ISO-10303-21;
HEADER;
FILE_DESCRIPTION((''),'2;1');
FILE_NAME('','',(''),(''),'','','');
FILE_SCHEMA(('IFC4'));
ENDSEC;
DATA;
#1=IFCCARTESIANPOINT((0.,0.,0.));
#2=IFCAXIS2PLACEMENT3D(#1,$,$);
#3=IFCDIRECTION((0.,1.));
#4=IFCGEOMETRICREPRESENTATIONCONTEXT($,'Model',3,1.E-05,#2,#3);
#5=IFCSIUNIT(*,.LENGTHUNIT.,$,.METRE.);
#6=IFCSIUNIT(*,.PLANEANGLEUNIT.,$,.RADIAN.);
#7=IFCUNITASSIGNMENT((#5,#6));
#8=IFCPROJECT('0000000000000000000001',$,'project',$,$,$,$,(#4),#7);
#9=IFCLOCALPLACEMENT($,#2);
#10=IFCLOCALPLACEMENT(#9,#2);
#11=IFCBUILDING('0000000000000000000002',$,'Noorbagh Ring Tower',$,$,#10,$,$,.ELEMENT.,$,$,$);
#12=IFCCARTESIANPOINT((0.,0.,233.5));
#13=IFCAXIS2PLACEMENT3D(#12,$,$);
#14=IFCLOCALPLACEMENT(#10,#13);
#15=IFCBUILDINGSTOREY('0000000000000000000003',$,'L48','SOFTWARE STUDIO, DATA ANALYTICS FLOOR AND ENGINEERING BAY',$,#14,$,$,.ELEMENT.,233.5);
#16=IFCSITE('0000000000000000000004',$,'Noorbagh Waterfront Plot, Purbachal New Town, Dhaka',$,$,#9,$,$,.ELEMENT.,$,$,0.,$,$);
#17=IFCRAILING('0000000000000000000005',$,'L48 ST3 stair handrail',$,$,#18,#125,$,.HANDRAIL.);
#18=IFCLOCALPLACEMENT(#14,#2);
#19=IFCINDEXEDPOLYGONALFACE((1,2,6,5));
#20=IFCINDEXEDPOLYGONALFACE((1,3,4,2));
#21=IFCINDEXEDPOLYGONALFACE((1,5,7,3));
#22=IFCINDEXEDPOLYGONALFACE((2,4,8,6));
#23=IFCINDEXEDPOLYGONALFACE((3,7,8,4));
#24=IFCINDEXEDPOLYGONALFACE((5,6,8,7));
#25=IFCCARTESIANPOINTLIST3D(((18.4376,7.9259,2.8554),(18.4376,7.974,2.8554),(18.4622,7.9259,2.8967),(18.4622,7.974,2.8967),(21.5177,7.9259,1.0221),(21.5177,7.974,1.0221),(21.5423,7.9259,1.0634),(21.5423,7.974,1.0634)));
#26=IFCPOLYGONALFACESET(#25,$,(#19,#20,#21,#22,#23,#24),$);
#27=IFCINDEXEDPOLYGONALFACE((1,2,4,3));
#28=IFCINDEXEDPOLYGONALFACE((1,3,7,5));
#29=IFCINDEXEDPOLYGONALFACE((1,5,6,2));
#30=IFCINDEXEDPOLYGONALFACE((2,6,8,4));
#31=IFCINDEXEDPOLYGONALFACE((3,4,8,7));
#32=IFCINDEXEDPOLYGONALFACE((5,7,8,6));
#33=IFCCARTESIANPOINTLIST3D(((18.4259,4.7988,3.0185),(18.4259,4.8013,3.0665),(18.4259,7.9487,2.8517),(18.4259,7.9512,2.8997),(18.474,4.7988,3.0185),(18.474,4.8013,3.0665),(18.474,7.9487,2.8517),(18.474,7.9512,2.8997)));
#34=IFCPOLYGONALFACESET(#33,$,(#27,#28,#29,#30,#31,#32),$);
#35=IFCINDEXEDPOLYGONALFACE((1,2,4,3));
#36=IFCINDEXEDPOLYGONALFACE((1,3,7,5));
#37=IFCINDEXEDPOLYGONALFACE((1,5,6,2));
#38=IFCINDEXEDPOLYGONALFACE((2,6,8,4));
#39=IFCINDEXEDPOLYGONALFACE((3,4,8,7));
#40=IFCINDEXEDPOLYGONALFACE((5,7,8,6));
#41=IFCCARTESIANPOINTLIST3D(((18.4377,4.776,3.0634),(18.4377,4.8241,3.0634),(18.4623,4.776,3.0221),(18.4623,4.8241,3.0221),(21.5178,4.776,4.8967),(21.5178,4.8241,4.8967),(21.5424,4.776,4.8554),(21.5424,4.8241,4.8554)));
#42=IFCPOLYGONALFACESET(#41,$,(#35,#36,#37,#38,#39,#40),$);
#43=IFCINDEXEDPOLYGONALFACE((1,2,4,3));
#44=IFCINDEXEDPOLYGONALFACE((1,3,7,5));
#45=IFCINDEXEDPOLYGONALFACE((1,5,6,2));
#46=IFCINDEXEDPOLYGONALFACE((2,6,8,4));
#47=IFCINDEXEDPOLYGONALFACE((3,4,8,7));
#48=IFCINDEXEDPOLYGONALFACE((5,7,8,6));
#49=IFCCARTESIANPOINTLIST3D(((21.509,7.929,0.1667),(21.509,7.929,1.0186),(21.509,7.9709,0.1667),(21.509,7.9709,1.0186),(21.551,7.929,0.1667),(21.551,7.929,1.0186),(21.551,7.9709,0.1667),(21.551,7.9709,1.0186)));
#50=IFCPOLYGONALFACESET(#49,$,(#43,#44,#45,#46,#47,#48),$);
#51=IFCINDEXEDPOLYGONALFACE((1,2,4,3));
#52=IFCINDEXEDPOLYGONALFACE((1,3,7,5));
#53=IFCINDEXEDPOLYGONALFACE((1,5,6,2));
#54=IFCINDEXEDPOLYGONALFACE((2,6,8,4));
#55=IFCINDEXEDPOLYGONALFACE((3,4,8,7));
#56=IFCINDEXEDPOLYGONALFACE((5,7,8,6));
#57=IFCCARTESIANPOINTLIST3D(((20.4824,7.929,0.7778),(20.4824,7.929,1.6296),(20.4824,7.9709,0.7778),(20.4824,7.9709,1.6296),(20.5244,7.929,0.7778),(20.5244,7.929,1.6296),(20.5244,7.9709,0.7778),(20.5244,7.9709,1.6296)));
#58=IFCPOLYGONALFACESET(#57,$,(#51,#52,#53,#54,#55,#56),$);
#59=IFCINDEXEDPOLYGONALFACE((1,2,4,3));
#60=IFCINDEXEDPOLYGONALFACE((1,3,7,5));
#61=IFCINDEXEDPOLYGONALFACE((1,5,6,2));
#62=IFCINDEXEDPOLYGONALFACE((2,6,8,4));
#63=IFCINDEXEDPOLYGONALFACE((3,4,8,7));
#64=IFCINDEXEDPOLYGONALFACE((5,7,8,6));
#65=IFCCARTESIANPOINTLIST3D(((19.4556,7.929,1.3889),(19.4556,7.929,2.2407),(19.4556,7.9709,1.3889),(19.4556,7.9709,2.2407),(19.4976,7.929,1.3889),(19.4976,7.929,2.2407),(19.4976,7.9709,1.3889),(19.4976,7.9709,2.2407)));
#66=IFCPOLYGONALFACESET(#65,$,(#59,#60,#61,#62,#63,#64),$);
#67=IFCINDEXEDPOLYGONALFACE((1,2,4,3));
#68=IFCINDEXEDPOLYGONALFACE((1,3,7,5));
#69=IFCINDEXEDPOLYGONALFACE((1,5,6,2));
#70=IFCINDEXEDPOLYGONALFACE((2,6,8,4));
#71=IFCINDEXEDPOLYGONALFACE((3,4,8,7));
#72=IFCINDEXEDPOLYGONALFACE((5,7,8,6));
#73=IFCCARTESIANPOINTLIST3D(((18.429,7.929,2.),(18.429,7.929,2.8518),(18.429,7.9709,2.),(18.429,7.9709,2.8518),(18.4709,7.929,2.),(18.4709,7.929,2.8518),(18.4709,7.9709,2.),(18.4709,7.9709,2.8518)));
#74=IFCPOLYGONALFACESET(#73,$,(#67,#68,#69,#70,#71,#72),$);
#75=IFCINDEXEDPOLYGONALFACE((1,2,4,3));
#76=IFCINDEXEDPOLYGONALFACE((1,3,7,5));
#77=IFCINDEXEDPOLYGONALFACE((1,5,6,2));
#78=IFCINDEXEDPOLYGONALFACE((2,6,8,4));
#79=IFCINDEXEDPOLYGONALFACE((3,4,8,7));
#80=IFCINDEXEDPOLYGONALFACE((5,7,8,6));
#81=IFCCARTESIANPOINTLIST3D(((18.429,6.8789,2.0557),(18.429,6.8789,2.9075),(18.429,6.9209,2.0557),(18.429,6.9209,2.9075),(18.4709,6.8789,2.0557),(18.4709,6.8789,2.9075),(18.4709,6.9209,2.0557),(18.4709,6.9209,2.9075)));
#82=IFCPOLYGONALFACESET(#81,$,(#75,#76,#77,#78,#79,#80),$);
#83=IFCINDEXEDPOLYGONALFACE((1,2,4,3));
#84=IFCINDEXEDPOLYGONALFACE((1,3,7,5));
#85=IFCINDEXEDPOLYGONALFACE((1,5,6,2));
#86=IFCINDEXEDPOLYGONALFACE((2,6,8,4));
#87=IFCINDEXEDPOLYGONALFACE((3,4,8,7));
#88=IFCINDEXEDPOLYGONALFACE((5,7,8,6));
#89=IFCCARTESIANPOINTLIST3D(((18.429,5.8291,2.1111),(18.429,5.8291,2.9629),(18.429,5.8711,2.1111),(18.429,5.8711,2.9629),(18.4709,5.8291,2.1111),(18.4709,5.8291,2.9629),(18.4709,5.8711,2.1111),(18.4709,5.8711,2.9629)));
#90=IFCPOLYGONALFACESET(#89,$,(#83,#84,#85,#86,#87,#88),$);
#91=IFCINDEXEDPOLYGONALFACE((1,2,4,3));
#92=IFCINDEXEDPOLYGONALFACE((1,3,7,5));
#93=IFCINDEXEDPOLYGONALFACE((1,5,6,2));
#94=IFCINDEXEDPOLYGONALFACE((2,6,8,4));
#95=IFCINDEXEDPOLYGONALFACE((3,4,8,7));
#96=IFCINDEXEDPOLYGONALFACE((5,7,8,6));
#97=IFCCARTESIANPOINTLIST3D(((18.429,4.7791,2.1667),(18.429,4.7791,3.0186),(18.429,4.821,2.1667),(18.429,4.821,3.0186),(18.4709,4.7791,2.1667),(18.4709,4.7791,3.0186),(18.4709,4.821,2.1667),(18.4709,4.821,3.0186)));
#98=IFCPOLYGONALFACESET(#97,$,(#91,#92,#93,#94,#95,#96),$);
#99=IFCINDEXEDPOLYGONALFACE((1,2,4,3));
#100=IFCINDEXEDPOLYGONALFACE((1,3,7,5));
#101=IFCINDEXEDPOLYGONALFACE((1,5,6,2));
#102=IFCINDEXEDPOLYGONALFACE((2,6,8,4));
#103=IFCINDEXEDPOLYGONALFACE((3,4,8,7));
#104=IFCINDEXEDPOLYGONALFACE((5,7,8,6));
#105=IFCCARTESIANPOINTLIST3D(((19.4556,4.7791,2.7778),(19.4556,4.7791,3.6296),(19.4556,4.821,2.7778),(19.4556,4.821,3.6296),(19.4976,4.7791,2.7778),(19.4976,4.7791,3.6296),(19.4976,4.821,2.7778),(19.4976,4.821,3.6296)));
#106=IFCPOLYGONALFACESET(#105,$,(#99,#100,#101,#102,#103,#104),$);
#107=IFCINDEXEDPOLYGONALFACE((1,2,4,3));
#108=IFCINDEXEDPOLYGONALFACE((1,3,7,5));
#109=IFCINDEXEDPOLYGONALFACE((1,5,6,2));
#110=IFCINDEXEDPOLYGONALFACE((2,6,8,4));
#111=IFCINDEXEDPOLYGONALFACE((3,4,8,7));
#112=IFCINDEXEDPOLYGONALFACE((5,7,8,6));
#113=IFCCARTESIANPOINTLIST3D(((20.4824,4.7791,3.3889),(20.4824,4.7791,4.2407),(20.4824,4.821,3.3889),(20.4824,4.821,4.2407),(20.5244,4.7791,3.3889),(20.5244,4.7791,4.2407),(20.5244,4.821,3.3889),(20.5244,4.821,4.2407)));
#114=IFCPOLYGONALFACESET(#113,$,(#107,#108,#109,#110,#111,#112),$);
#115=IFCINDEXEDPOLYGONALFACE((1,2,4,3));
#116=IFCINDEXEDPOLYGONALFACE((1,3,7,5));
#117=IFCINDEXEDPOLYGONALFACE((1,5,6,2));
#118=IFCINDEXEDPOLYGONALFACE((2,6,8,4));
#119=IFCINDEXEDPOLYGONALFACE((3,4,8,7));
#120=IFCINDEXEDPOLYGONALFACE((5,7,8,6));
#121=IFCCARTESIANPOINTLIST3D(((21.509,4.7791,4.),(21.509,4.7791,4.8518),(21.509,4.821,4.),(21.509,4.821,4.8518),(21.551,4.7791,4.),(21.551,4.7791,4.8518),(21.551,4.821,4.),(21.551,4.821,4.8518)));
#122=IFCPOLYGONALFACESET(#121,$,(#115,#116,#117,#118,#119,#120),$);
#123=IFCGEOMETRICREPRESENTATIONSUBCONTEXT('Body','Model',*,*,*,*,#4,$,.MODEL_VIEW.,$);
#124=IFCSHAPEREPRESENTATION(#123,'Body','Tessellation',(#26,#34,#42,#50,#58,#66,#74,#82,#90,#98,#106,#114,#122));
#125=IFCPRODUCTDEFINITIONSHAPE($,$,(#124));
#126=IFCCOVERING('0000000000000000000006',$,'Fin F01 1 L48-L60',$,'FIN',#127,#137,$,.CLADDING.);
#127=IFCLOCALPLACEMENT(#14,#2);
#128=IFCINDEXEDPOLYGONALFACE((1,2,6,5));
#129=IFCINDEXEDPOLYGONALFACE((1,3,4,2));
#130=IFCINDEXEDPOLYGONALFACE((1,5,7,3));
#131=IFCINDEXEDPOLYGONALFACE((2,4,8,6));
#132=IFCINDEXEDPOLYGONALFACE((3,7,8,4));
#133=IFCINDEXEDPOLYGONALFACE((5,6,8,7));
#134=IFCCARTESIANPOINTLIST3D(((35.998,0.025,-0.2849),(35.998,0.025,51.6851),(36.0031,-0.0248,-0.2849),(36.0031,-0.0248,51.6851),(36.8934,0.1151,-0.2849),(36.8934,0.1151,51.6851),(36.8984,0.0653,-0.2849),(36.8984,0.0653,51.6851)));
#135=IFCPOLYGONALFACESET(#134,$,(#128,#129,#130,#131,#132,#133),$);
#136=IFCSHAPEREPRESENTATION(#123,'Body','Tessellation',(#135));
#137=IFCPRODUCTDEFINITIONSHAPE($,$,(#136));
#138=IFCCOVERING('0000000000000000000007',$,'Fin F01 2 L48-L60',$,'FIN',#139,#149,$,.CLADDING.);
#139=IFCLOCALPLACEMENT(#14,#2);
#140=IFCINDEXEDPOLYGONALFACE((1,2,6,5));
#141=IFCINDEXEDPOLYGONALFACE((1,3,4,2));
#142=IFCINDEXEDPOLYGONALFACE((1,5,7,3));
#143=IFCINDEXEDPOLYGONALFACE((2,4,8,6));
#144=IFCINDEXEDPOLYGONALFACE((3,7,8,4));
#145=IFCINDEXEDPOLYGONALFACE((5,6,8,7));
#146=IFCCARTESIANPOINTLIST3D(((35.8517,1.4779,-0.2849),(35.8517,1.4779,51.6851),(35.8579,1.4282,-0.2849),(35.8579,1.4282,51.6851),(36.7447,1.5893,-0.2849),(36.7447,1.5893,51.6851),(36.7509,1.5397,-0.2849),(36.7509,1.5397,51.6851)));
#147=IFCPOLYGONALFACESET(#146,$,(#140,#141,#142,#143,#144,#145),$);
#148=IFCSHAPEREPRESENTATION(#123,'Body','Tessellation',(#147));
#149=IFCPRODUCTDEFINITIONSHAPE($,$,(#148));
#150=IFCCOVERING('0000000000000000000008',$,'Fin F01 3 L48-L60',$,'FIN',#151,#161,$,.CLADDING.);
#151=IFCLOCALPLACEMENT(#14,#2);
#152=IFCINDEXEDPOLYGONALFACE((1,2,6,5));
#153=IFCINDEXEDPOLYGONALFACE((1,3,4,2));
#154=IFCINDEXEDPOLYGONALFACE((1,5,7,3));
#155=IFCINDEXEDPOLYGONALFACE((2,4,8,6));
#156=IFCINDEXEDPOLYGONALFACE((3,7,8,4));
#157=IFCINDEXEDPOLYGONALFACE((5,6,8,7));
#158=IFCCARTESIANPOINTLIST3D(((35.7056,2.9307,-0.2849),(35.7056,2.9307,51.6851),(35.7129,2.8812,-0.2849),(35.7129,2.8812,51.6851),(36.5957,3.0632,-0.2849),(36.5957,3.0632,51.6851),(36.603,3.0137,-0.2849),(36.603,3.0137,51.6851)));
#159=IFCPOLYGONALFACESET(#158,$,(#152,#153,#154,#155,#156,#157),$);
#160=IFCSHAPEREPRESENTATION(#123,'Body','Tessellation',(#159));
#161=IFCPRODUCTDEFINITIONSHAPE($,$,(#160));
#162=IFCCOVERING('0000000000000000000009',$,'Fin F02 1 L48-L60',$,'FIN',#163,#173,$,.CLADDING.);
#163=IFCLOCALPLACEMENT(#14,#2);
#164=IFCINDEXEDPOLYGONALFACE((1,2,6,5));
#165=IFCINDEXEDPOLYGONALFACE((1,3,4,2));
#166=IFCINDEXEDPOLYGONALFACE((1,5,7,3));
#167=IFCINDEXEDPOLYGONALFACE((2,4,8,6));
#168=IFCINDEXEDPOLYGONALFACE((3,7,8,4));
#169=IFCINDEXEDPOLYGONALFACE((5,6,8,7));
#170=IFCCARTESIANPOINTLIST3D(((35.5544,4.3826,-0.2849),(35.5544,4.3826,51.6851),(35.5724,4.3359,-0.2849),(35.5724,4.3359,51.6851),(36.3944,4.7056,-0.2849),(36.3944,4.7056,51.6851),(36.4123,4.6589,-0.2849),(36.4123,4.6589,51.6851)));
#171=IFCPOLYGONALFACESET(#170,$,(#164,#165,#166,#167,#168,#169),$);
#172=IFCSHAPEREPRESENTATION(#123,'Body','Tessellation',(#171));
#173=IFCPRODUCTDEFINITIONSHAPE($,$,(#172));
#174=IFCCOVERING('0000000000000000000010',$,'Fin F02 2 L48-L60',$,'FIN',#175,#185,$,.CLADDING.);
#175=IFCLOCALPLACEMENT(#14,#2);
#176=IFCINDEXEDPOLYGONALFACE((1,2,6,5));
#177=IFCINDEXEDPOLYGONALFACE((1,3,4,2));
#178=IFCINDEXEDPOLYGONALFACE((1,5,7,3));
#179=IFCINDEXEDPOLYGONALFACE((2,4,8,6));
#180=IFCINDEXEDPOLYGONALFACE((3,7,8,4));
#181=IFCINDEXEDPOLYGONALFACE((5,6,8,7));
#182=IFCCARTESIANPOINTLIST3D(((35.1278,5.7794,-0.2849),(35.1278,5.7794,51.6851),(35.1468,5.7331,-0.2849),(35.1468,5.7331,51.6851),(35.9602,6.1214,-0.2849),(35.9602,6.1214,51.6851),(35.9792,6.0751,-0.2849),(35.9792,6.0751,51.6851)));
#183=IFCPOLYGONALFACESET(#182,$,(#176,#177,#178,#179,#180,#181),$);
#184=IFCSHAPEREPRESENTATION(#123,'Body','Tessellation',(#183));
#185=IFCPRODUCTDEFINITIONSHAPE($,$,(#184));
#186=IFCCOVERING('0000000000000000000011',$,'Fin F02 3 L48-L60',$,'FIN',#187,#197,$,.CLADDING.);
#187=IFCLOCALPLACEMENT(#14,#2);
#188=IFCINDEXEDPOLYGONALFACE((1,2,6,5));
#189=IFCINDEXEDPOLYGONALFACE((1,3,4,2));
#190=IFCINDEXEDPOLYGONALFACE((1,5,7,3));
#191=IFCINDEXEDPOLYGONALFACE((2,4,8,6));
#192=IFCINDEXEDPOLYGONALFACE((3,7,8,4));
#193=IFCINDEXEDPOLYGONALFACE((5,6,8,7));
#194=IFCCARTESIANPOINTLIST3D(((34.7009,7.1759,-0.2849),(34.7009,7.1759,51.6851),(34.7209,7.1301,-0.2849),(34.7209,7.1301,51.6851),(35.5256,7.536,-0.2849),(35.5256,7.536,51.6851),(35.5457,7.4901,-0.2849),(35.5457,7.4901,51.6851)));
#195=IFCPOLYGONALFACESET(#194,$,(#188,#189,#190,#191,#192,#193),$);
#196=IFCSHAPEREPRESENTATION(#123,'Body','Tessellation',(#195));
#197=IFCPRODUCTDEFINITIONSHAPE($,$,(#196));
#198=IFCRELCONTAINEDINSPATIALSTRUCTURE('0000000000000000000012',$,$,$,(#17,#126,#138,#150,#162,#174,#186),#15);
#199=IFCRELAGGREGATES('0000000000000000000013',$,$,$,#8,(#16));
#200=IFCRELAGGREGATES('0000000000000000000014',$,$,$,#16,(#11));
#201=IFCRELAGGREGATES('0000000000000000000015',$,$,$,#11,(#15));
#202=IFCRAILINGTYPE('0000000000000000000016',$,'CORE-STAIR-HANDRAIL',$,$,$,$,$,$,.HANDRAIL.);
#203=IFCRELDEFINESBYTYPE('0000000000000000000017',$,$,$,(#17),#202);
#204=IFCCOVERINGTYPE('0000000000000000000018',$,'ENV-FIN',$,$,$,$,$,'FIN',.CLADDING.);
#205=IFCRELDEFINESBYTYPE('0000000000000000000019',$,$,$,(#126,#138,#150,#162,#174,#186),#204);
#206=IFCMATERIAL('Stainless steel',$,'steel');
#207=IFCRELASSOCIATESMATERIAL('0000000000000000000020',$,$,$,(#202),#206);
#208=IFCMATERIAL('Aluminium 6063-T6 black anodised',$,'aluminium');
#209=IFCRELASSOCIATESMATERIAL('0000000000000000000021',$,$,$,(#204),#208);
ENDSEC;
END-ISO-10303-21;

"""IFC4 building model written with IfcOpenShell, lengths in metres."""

from ifc_helpers import new_model, si_unit, direction, frame, origin, origin_2d, place, context, subcontext, project, spatial, rectangle, extrude, material, material_profile, profile_set, type_object, element, save


model = new_model("IFC4")

# Units and contexts
model_context = context("Model", 3, precision=1e-05, world=origin(), true_north=direction((0.0, 1.0)))
body_context = subcontext(model_context, "Body", "Model", "MODEL_VIEW")
ifc_project = project(units=[si_unit("LENGTHUNIT", "METRE"), si_unit("PLANEANGLEUNIT", "RADIAN")], contexts=[model_context])

# Site, building, storey
site_placement = place(None, origin())
site = spatial("IfcSite", under=ifc_project, at=site_placement, Name="Noorbagh Waterfront Plot, Purbachal New Town, Dhaka", CompositionType="ELEMENT", RefElevation=0.0)
building_placement = place(site_placement, origin())
building = spatial("IfcBuilding", under=site, at=building_placement, Name="Noorbagh Ring Tower", CompositionType="ELEMENT")
storey_placement = place(building_placement, frame((0.0, 0.0, 233.5)))
storey = spatial("IfcBuildingStorey", under=building, at=storey_placement, Name="L48", Description="SOFTWARE STUDIO, DATA ANALYTICS FLOOR AND ENGINEERING BAY", CompositionType="ELEMENT", Elevation=233.5)

# Railing
ifc_material_1 = material(Name="Stainless steel", Category="steel")
railing_type_1 = type_object("IfcRailingType", Name="CORE-STAIR-HANDRAIL", PredefinedType="HANDRAIL", material=ifc_material_1)
railing_1_placement = place(storey_placement, frame((21.53, 7.95, 0.1667)))
element("IfcRailing", 1, at=railing_1_placement, inside=storey, type_object=railing_type_1, Name="L48 ST3 stair handrail", PredefinedType="HANDRAIL", context=body_context, shape_type="SweptSolid", body=[
    extrude(rectangle(XDim=0.0481, YDim=0.0481, at=origin_2d()), frame((0.0, 0.0, 0.876), z_axis=(-0.859309, 0.0, 0.511458), x_axis=(0.0, -1.0, 0.0)), (0.0, 0.0, 1.0), 3.5845),
    extrude(rectangle(XDim=0.0481, YDim=0.0481, at=origin_2d()), frame((-3.0801, 0.0, 2.709), z_axis=(0.0, -0.998602, 0.052864), x_axis=(1.0, 0.0, 0.0)), (0.0, 0.0, 1.0), 3.1543),
    extrude(rectangle(XDim=0.0481, YDim=0.0481, at=origin_2d()), frame((-3.0801, -3.1499, 2.876), z_axis=(0.859309, 0.0, 0.511458), x_axis=(0.0, 1.0, 0.0)), (0.0, 0.0, 1.0), 3.5845),
    extrude(rectangle(XDim=0.042, YDim=0.042, at=origin_2d()), origin(), (0.0, 0.0, 1.0), 0.8518),
    extrude(rectangle(XDim=0.042, YDim=0.042, at=origin_2d()), frame((-1.0266, 0.0, 0.6111)), (0.0, 0.0, 1.0), 0.8518),
    extrude(rectangle(XDim=0.042, YDim=0.042, at=origin_2d()), frame((-2.0535, 0.0, 1.2222)), (0.0, 0.0, 1.0), 0.8518),
    extrude(rectangle(XDim=0.042, YDim=0.042, at=origin_2d()), frame((-3.0801, 0.0, 1.8333)), (0.0, 0.0, 1.0), 0.8518),
    extrude(rectangle(XDim=0.042, YDim=0.042, at=origin_2d()), frame((-3.0801, -1.05, 1.8889)), (0.0, 0.0, 1.0), 0.8518),
    extrude(rectangle(XDim=0.042, YDim=0.042, at=origin_2d()), frame((-3.0801, -2.0999, 1.9443)), (0.0, 0.0, 1.0), 0.8518),
    extrude(rectangle(XDim=0.042, YDim=0.042, at=origin_2d()), frame((-3.0801, -3.1499, 2.0)), (0.0, 0.0, 1.0), 0.8518),
    extrude(rectangle(XDim=0.042, YDim=0.042, at=origin_2d()), frame((-2.0535, -3.1499, 2.6111)), (0.0, 0.0, 1.0), 0.8518),
    extrude(rectangle(XDim=0.042, YDim=0.042, at=origin_2d()), frame((-1.0266, -3.1499, 3.2222)), (0.0, 0.0, 1.0), 0.8518),
    extrude(rectangle(XDim=0.042, YDim=0.042, at=origin_2d()), frame((0.0, -3.1499, 3.8333)), (0.0, 0.0, 1.0), 0.8518),
])

# Coverings
ifc_material_2 = material(Name="Aluminium 6063-T6 black anodised", Category="aluminium")
ifc_material_profile_1 = material_profile(ifc_material_2, rectangle(XDim=0.8999, YDim=0.05, at=origin_2d()), Name="900x50")
ifc_profile_set_1 = profile_set([ifc_material_profile_1], Name="Aluminium 6063-T6 black anodised")
covering_type = type_object("IfcCoveringType", Name="ENV-FIN", ElementType="FIN", PredefinedType="CLADDING", material=ifc_profile_set_1)
for number, where, z_axis, x_axis, name in (
    (2, (36.4482, 0.0452, -0.2849), (0.0, 0.0, 1.0), (0.99497, 0.100178, 0.0), "Fin F01 1 L48-L60"),
    (3, (36.3013, 1.5088, -0.2849), (0.0, 0.0, 1.0), (0.992303, 0.123835, 0.0), "Fin F01 2 L48-L60"),
    (4, (36.1543, 2.9722, -0.2849), (0.0, 0.0, 1.0), (0.989103, 0.147226, 0.0), "Fin F01 3 L48-L60"),
    (5, (35.9834, 4.5208, -0.2849), (0.0, 0.0, 1.0), (0.933362, 0.358936, 0.0), "Fin F02 1 L48-L60"),
    (6, (35.5535, 5.9272, -0.2849), (0.0, 0.0, 1.0), (0.925001, 0.379965, 0.0), "Fin F02 2 L48-L60"),
    (7, (35.1233, 7.333, -0.2849), (0.0, 0.0, 1.0), (0.916475, 0.400092, 0.0), "Fin F02 3 L48-L60"),
):
    element("IfcCovering", number, at=place(storey_placement, frame(where, z_axis=z_axis, x_axis=x_axis)), inside=storey, type_object=covering_type, Name=name, ObjectType="FIN", PredefinedType="CLADDING", context=body_context, shape_type="SweptSolid", body=[
        extrude(rectangle(XDim=0.8999, YDim=0.05, at=origin_2d()), origin(), (0.0, 0.0, 1.0), 51.97),
    ])

save(model, "model.ifc")
